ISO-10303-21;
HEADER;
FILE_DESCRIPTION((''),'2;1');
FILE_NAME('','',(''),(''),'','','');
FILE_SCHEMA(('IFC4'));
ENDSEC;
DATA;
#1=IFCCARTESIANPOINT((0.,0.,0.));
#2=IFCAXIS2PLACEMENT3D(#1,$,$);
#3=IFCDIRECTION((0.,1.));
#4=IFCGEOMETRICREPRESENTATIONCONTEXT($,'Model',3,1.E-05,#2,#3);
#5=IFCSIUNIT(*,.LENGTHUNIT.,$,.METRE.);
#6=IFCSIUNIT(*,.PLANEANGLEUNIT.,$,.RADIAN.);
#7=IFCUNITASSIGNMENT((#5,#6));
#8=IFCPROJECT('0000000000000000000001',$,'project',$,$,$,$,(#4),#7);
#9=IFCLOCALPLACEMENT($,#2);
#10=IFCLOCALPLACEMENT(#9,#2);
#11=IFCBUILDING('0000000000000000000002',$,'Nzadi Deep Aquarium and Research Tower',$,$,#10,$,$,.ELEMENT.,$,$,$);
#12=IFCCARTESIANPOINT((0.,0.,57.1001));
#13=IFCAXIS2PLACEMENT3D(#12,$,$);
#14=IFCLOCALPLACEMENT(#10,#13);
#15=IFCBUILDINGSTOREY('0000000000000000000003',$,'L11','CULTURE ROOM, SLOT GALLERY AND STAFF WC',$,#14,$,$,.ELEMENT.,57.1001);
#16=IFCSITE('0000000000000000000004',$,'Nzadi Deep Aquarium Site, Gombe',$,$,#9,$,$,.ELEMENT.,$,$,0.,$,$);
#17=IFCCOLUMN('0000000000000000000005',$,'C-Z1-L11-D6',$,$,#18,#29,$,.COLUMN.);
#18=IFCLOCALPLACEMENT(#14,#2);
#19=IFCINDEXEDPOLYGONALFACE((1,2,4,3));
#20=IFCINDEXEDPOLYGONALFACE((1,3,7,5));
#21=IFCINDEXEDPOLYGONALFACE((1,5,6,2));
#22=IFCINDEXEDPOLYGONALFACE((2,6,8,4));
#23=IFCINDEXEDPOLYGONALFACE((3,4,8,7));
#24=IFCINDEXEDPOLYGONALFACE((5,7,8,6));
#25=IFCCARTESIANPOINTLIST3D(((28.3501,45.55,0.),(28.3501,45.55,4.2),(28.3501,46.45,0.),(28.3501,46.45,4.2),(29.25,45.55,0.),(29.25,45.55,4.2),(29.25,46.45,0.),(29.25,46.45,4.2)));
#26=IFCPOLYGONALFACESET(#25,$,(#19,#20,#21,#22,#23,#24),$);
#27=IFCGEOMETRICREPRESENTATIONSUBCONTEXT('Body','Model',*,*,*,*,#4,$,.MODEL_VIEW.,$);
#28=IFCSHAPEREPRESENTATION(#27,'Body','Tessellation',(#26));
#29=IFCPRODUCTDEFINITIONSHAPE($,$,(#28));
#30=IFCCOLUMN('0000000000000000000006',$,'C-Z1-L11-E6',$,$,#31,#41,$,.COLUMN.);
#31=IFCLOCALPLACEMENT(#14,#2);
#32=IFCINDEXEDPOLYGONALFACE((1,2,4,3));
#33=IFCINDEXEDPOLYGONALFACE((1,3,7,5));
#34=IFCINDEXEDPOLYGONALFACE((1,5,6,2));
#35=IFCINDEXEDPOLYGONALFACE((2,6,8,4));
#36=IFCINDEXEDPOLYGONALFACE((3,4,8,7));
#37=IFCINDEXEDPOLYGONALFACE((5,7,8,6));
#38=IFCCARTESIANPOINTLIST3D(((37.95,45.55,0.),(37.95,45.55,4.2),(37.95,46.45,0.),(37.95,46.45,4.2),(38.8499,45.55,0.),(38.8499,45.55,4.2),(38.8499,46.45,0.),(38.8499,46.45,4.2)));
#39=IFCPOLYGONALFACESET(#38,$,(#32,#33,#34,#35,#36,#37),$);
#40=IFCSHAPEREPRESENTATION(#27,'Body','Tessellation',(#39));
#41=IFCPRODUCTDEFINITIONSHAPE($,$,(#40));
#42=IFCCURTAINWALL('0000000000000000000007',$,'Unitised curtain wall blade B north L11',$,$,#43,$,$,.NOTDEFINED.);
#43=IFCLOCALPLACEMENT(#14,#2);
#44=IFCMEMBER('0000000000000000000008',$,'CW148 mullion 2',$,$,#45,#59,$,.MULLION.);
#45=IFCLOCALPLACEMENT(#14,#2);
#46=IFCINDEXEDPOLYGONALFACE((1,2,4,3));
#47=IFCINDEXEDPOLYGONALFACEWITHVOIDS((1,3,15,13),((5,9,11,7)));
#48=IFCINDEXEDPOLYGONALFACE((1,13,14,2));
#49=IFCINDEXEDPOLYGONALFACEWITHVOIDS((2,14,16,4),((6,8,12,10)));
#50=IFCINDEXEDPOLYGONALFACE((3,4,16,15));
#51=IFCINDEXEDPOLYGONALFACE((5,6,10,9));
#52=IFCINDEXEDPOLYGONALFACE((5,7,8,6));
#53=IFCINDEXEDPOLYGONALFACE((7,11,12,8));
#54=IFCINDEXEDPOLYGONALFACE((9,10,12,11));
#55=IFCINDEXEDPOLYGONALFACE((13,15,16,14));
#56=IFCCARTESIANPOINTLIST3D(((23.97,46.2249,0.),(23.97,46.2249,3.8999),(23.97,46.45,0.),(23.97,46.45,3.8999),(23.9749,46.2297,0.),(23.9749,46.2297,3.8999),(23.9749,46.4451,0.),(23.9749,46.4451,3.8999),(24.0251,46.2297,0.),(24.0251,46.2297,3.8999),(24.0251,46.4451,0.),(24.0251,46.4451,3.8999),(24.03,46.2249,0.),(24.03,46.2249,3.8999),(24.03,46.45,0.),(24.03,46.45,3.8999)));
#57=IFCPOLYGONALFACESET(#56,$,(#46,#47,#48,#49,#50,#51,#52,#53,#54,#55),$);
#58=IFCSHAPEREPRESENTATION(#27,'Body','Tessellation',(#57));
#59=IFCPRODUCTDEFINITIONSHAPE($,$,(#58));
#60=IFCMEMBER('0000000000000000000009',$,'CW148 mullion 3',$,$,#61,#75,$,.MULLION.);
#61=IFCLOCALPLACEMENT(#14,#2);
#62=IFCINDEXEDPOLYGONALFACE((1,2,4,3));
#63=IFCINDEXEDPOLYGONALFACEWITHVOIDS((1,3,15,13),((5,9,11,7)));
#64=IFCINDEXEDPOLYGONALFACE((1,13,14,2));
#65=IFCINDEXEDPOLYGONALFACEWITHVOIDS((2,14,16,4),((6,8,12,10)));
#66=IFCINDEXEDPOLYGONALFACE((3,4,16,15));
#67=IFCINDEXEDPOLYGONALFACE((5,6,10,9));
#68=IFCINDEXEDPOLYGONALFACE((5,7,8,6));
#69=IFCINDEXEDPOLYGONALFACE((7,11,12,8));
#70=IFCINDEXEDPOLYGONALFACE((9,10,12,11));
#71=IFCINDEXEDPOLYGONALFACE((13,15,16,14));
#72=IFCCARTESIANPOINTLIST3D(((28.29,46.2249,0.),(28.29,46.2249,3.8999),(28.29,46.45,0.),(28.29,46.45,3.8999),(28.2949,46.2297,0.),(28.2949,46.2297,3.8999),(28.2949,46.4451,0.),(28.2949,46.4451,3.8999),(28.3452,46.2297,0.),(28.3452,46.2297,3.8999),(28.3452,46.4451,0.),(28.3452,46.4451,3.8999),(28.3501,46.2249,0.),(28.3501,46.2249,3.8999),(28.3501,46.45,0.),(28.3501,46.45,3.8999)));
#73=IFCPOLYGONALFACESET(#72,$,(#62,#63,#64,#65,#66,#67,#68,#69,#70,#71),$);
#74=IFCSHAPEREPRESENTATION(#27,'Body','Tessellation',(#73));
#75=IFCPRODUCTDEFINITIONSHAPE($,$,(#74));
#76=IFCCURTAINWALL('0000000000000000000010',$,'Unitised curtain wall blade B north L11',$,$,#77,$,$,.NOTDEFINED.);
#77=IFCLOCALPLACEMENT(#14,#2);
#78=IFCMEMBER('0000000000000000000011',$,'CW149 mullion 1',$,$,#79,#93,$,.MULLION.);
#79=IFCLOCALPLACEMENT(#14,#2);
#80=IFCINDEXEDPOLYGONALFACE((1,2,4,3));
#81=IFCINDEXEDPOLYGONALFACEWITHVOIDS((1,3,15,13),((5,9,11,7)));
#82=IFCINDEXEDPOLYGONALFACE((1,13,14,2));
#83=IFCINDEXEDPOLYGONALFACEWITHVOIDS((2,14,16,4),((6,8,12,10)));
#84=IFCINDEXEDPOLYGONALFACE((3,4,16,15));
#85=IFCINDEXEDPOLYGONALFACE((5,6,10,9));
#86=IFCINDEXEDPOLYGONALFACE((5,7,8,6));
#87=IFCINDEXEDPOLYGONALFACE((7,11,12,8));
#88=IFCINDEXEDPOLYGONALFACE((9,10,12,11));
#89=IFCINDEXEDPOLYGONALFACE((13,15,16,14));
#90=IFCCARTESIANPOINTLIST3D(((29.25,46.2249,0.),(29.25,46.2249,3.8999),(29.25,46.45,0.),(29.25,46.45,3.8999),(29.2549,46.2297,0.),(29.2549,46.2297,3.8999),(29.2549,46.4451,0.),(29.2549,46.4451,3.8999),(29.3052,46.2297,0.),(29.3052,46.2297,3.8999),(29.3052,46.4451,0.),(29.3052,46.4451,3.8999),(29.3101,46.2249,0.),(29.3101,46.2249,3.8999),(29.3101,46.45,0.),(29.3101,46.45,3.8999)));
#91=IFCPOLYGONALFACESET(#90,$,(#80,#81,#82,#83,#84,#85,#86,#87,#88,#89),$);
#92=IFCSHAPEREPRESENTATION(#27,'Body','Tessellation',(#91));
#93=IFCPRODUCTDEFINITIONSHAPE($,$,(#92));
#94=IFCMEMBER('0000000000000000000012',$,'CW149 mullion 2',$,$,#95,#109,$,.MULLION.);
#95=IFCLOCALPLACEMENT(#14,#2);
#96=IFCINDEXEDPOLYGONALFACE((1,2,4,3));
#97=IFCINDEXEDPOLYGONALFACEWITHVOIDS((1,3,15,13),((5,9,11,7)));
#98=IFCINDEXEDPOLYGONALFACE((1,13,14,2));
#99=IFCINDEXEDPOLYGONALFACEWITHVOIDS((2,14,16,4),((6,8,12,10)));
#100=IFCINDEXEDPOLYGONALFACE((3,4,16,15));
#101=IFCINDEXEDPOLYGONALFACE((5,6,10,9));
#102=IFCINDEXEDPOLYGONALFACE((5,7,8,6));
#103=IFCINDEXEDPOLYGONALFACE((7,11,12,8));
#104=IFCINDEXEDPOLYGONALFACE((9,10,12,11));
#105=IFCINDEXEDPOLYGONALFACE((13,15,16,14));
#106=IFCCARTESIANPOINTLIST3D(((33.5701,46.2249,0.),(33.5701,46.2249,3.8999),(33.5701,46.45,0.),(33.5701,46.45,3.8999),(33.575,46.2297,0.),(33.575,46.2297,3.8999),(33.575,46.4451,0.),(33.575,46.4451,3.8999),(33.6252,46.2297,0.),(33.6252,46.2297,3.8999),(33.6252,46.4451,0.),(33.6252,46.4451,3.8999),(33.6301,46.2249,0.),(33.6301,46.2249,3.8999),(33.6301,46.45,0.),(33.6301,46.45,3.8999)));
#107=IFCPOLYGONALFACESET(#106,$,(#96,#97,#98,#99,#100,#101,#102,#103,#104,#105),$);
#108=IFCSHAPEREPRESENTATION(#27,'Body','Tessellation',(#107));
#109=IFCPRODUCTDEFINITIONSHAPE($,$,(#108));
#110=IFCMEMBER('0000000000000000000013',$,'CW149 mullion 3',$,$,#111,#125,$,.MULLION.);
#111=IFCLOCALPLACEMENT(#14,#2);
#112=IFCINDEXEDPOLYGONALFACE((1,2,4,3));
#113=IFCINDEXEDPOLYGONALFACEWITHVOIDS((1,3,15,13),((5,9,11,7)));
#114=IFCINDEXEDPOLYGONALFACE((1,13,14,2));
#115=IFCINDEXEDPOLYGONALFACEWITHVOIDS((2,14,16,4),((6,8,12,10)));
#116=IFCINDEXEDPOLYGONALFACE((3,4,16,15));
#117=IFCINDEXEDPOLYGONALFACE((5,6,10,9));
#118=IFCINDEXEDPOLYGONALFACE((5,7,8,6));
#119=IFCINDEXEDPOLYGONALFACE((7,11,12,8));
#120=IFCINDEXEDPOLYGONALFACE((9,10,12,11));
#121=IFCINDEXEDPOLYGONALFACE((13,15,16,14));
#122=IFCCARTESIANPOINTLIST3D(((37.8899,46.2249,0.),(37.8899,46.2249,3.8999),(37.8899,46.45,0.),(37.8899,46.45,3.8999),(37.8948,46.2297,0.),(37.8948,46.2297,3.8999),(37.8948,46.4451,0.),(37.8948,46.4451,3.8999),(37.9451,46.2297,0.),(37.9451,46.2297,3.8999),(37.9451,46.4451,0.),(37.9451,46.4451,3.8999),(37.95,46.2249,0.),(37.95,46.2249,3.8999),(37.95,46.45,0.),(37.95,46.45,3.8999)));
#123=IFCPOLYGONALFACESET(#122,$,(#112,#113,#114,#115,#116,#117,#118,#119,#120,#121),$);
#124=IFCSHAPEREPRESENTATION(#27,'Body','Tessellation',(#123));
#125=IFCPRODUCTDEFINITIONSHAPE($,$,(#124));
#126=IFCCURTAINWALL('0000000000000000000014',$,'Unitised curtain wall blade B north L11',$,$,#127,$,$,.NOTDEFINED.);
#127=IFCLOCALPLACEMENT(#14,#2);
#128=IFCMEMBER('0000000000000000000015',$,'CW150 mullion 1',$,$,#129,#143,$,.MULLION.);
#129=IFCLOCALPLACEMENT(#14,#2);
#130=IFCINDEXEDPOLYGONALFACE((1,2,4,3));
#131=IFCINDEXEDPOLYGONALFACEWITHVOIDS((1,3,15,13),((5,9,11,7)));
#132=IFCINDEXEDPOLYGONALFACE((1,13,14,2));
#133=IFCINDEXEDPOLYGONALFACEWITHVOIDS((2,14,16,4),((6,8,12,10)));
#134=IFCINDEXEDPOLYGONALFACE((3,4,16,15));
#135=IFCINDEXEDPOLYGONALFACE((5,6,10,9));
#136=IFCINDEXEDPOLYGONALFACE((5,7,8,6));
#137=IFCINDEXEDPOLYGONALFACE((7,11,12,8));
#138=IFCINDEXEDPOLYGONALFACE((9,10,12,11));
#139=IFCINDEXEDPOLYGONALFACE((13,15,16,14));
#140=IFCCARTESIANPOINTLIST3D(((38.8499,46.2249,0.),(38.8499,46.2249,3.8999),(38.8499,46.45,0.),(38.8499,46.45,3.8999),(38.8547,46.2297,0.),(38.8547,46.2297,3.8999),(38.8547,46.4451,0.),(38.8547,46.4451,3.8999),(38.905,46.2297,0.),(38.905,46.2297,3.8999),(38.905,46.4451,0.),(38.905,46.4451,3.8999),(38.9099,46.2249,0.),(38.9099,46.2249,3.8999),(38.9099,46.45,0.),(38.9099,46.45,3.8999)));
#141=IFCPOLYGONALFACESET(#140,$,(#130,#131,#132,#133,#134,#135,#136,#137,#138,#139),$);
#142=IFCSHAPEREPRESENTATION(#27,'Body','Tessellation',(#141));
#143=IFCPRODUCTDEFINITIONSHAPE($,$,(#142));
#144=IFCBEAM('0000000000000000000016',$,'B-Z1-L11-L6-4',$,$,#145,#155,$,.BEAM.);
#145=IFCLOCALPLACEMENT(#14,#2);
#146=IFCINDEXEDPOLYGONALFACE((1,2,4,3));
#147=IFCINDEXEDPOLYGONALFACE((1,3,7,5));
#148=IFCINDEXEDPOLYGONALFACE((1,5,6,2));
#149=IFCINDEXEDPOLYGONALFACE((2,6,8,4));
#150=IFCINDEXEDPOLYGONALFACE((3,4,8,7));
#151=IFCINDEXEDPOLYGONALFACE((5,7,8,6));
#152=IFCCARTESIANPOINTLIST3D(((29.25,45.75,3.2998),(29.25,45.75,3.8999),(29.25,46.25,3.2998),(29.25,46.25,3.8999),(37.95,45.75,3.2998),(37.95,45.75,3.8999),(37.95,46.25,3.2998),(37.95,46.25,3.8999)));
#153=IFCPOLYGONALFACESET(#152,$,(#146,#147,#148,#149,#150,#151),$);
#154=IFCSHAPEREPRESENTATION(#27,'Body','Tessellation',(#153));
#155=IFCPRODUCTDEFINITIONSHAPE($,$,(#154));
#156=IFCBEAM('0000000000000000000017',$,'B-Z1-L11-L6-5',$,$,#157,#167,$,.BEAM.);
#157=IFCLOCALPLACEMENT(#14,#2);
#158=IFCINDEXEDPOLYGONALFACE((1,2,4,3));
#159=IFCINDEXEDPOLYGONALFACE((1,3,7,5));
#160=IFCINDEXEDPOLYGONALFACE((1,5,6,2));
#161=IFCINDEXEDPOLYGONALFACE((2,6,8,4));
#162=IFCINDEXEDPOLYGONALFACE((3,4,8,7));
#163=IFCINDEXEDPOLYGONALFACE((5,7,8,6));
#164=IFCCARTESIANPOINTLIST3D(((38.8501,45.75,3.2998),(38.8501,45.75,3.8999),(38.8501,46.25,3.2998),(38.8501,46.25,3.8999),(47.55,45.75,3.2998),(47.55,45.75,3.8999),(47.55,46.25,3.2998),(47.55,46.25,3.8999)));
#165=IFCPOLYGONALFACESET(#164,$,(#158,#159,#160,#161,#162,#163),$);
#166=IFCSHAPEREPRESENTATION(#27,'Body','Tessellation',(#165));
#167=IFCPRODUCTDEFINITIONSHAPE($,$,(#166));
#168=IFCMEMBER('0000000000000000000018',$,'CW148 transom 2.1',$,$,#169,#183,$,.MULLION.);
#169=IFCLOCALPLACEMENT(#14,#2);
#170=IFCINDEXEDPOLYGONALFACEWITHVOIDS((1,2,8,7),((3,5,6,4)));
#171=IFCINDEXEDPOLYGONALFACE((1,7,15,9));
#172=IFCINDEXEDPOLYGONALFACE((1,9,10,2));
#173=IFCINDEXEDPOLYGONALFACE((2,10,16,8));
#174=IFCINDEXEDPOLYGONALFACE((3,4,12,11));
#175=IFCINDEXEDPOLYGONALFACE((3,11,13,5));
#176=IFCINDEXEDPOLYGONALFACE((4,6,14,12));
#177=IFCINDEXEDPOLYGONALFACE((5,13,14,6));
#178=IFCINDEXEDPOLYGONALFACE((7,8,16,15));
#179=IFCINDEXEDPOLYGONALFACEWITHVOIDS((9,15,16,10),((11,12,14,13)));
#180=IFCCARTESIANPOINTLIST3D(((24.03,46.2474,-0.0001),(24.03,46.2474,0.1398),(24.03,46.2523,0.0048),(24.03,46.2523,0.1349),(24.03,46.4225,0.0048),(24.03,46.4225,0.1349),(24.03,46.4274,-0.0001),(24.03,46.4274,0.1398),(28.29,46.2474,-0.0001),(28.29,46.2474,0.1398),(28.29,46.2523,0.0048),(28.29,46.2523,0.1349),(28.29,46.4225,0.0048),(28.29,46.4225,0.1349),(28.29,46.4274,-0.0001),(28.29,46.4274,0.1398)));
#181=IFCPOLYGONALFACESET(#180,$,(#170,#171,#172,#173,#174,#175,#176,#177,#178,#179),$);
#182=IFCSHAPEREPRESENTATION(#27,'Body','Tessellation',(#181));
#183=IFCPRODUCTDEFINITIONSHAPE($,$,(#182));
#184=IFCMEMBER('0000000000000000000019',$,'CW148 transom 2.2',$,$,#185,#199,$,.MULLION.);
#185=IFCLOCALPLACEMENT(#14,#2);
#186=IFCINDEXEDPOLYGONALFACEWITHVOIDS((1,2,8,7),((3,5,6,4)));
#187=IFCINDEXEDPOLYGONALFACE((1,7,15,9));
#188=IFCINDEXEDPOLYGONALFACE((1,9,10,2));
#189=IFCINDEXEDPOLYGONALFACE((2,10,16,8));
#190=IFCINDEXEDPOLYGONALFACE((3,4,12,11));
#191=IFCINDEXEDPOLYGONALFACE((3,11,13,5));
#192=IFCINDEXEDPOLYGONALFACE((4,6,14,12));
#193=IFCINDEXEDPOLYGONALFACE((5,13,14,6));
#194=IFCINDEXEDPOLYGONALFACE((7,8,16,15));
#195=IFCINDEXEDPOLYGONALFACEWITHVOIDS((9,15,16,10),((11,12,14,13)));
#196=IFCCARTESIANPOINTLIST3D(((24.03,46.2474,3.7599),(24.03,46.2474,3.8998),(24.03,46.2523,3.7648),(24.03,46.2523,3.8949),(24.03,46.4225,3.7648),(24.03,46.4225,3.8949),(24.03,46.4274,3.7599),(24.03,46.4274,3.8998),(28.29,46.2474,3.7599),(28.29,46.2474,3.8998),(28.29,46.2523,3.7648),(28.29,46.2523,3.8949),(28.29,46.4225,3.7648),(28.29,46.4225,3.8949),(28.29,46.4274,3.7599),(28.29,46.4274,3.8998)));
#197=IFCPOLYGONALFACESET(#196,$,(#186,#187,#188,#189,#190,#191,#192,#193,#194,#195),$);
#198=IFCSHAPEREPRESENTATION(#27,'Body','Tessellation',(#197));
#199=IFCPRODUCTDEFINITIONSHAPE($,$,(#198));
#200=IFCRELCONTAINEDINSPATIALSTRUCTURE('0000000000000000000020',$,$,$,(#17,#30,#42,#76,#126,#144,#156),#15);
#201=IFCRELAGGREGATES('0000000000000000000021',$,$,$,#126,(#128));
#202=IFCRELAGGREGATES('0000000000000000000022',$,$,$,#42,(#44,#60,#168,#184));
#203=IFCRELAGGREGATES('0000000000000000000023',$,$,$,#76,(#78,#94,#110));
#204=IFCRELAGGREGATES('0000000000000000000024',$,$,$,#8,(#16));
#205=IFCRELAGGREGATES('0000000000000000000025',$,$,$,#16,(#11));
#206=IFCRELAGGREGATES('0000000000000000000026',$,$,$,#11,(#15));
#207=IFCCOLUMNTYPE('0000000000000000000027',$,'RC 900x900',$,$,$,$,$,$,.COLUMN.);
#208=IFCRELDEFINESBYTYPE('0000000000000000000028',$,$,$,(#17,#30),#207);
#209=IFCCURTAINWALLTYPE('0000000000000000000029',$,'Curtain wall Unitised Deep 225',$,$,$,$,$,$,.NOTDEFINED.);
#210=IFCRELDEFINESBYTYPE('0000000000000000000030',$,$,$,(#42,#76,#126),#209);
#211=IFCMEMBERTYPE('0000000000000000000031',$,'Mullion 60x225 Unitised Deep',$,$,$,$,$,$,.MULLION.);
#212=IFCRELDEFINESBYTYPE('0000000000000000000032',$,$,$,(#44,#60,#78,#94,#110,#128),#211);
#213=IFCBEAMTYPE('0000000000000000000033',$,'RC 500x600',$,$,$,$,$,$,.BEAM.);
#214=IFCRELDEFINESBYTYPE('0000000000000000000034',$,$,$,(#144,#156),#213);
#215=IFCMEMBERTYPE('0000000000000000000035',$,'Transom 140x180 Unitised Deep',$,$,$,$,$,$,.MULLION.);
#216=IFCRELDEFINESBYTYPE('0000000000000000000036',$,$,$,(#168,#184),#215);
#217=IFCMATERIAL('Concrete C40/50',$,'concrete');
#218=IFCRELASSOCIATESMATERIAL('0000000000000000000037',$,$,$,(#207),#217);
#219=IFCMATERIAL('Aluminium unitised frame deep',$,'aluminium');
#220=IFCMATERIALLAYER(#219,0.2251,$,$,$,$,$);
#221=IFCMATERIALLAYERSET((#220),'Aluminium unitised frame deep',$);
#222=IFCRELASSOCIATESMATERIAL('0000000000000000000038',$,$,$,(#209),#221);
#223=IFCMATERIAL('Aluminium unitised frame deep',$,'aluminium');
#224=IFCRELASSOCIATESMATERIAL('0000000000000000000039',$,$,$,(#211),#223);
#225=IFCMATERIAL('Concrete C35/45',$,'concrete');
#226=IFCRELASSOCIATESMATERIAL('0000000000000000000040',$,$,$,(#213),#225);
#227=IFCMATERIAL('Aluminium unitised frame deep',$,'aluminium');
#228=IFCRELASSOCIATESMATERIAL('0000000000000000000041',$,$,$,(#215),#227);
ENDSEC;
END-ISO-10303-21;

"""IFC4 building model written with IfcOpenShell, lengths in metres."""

from ifc_helpers import new_model, si_unit, direction, frame, origin, origin_2d, place, context, subcontext, project, spatial, rectangle, hollow_rectangle, extrude, material, layer, layer_set, material_profile, profile_set, type_object, element, aggregate, save


model = new_model("IFC4")

# Units and contexts
model_context = context("Model", 3, precision=1e-05, world=origin(), true_north=direction((0.0, 1.0)))
body_context = subcontext(model_context, "Body", "Model", "MODEL_VIEW")
ifc_project = project(units=[si_unit("LENGTHUNIT", "METRE"), si_unit("PLANEANGLEUNIT", "RADIAN")], contexts=[model_context])

# Site, building, storey
site_placement = place(None, origin())
site = spatial("IfcSite", under=ifc_project, at=site_placement, Name="Nzadi Deep Aquarium Site, Gombe", CompositionType="ELEMENT", RefElevation=0.0)
building_placement = place(site_placement, origin())
building = spatial("IfcBuilding", under=site, at=building_placement, Name="Nzadi Deep Aquarium and Research Tower", CompositionType="ELEMENT")
storey_placement = place(building_placement, frame((0.0, 0.0, 57.1001)))
storey = spatial("IfcBuildingStorey", under=building, at=storey_placement, Name="L11", Description="CULTURE ROOM, SLOT GALLERY AND STAFF WC", CompositionType="ELEMENT", Elevation=57.1001)

# Columns
ifc_material_1 = material(Name="Concrete C40/50", Category="concrete")
ifc_material_profile_1 = material_profile(ifc_material_1, rectangle(XDim=0.8999, YDim=0.8999, at=origin_2d()))
ifc_profile_set_1 = profile_set([ifc_material_profile_1], Name="Concrete C40/50")
column_type = type_object("IfcColumnType", Name="RC 900x900", PredefinedType="COLUMN", material=ifc_profile_set_1)
for number, where, z_axis, x_axis, name in (
    (1, (28.8, 46.0, 0.0), (0.0, 0.0, 1.0), (1.0, 0.0, 0.0), "C-Z1-L11-D6"),
    (2, (38.3999, 46.0, 0.0), (0.0, 0.0, 1.0), (1.0, 0.0, 0.0), "C-Z1-L11-E6"),
):
    element("IfcColumn", number, at=place(storey_placement, frame(where, z_axis=z_axis, x_axis=x_axis)), inside=storey, type_object=column_type, Name=name, PredefinedType="COLUMN", context=body_context, shape_type="SweptSolid", body=[
        extrude(rectangle(XDim=0.8999, YDim=0.8999, at=origin_2d()), origin(), (0.0, 0.0, 1.0), 4.2),
    ])

# Curtain walls, members
ifc_material_2 = material(Name="Aluminium unitised frame deep", Category="aluminium")
ifc_layer_1 = layer(ifc_material_2, 0.2251)
ifc_layer_set_1 = layer_set([ifc_layer_1], Name="Aluminium unitised frame deep")
curtain_wall_type = type_object("IfcCurtainWallType", Name="Curtain wall Unitised Deep 225", PredefinedType="NOTDEFINED", material=ifc_layer_set_1)
curtain_wall_1_placement = place(storey_placement, origin())
curtain_wall_1 = element("IfcCurtainWall", 3, at=curtain_wall_1_placement, inside=storey, type_object=curtain_wall_type, Name="Unitised curtain wall blade B north L11", PredefinedType="NOTDEFINED")
ifc_material_3 = material(Name="Aluminium unitised frame deep", Category="aluminium")
ifc_material_profile_2 = material_profile(ifc_material_3, hollow_rectangle(XDim=0.2251, YDim=0.0601, WallThickness=0.0049, at=origin_2d()))
ifc_profile_set_2 = profile_set([ifc_material_profile_2], Name="Aluminium unitised frame deep")
member_type_1 = type_object("IfcMemberType", Name="Mullion 60x225 Unitised Deep", PredefinedType="MULLION", material=ifc_profile_set_2)
member_1_placement = place(storey_placement, frame((24.0, 46.3374, 0.0), z_axis=(0.0, 0.0, 1.0), x_axis=(0.0, 1.0, 0.0)))
member_1 = element("IfcMember", 4, at=member_1_placement, type_object=member_type_1, Name="CW148 mullion 2", PredefinedType="MULLION", context=body_context, shape_type="SweptSolid", body=[
    extrude(hollow_rectangle(XDim=0.2251, YDim=0.0601, WallThickness=0.0049, at=origin_2d()), origin(), (0.0, 0.0, 1.0), 3.8999),
])
member_2_placement = place(storey_placement, frame((28.3201, 46.3374, 0.0), z_axis=(0.0, 0.0, 1.0), x_axis=(0.0, 1.0, 0.0)))
member_2 = element("IfcMember", 5, at=member_2_placement, type_object=member_type_1, Name="CW148 mullion 3", PredefinedType="MULLION", context=body_context, shape_type="SweptSolid", body=[
    extrude(hollow_rectangle(XDim=0.2251, YDim=0.0601, WallThickness=0.0049, at=origin_2d()), origin(), (0.0, 0.0, 1.0), 3.8999),
])
curtain_wall_2_placement = place(storey_placement, origin())
curtain_wall_2 = element("IfcCurtainWall", 6, at=curtain_wall_2_placement, inside=storey, type_object=curtain_wall_type, Name="Unitised curtain wall blade B north L11", PredefinedType="NOTDEFINED")
member_3_placement = place(storey_placement, frame((29.28, 46.3374, 0.0), z_axis=(0.0, 0.0, 1.0), x_axis=(0.0, 1.0, 0.0)))
member_3 = element("IfcMember", 7, at=member_3_placement, type_object=member_type_1, Name="CW149 mullion 1", PredefinedType="MULLION", context=body_context, shape_type="SweptSolid", body=[
    extrude(hollow_rectangle(XDim=0.2251, YDim=0.0601, WallThickness=0.0049, at=origin_2d()), origin(), (0.0, 0.0, 1.0), 3.8999),
])
member_4_placement = place(storey_placement, frame((33.6001, 46.3374, 0.0), z_axis=(0.0, 0.0, 1.0), x_axis=(0.0, 1.0, 0.0)))
member_4 = element("IfcMember", 8, at=member_4_placement, type_object=member_type_1, Name="CW149 mullion 2", PredefinedType="MULLION", context=body_context, shape_type="SweptSolid", body=[
    extrude(hollow_rectangle(XDim=0.2251, YDim=0.0601, WallThickness=0.0049, at=origin_2d()), origin(), (0.0, 0.0, 1.0), 3.8999),
])
member_5_placement = place(storey_placement, frame((37.9199, 46.3374, 0.0), z_axis=(0.0, 0.0, 1.0), x_axis=(0.0, 1.0, 0.0)))
member_5 = element("IfcMember", 9, at=member_5_placement, type_object=member_type_1, Name="CW149 mullion 3", PredefinedType="MULLION", context=body_context, shape_type="SweptSolid", body=[
    extrude(hollow_rectangle(XDim=0.2251, YDim=0.0601, WallThickness=0.0049, at=origin_2d()), origin(), (0.0, 0.0, 1.0), 3.8999),
])

# Curtain wall, member
curtain_wall_3_placement = place(storey_placement, origin())
curtain_wall_3 = element("IfcCurtainWall", 10, at=curtain_wall_3_placement, inside=storey, type_object=curtain_wall_type, Name="Unitised curtain wall blade B north L11", PredefinedType="NOTDEFINED")
member_6_placement = place(storey_placement, frame((38.8799, 46.3374, 0.0), z_axis=(0.0, 0.0, 1.0), x_axis=(0.0, 1.0, 0.0)))
member_6 = element("IfcMember", 11, at=member_6_placement, type_object=member_type_1, Name="CW150 mullion 1", PredefinedType="MULLION", context=body_context, shape_type="SweptSolid", body=[
    extrude(hollow_rectangle(XDim=0.2251, YDim=0.0601, WallThickness=0.0049, at=origin_2d()), origin(), (0.0, 0.0, 1.0), 3.8999),
])
aggregate(curtain_wall_3, [member_6])

# Beams
ifc_material_4 = material(Name="Concrete C35/45", Category="concrete")
ifc_material_profile_3 = material_profile(ifc_material_4, rectangle(XDim=0.5, YDim=0.6001, at=origin_2d()))
ifc_profile_set_3 = profile_set([ifc_material_profile_3], Name="Concrete C35/45")
beam_type = type_object("IfcBeamType", Name="RC 500x600", PredefinedType="BEAM", material=ifc_profile_set_3)
for number, where, z_axis, x_axis, name in (
    (12, (29.25, 46.0, 3.5999), (1.0, 0.0, 0.0), (0.0, 1.0, 0.0), "B-Z1-L11-L6-4"),
    (13, (38.8501, 46.0, 3.5999), (1.0, 0.0, 0.0), (0.0, 1.0, 0.0), "B-Z1-L11-L6-5"),
):
    element("IfcBeam", number, at=place(storey_placement, frame(where, z_axis=z_axis, x_axis=x_axis)), inside=storey, type_object=beam_type, Name=name, PredefinedType="BEAM", context=body_context, shape_type="SweptSolid", body=[
        extrude(rectangle(XDim=0.5, YDim=0.6001, at=origin_2d()), origin(), (0.0, 0.0, 1.0), 8.7),
    ])

# Members
ifc_material_5 = material(Name="Aluminium unitised frame deep", Category="aluminium")
ifc_material_profile_4 = material_profile(ifc_material_5, hollow_rectangle(XDim=0.1799, YDim=0.1399, WallThickness=0.0049, at=origin_2d()))
ifc_profile_set_4 = profile_set([ifc_material_profile_4], Name="Aluminium unitised frame deep")
member_type_2 = type_object("IfcMemberType", Name="Transom 140x180 Unitised Deep", PredefinedType="MULLION", material=ifc_profile_set_4)
member_7_placement = place(storey_placement, frame((24.03, 46.3374, 0.0698), z_axis=(1.0, 0.0, 0.0), x_axis=(0.0, 1.0, 0.0)))
member_7 = element("IfcMember", 14, at=member_7_placement, type_object=member_type_2, Name="CW148 transom 2.1", PredefinedType="MULLION", context=body_context, shape_type="SweptSolid", body=[
    extrude(hollow_rectangle(XDim=0.1799, YDim=0.1399, WallThickness=0.0049, at=origin_2d()), origin(), (0.0, 0.0, 1.0), 4.26),
])
member_8_placement = place(storey_placement, frame((24.03, 46.3374, 3.8298), z_axis=(1.0, 0.0, 0.0), x_axis=(0.0, 1.0, 0.0)))
member_8 = element("IfcMember", 15, at=member_8_placement, type_object=member_type_2, Name="CW148 transom 2.2", PredefinedType="MULLION", context=body_context, shape_type="SweptSolid", body=[
    extrude(hollow_rectangle(XDim=0.1799, YDim=0.1399, WallThickness=0.0049, at=origin_2d()), origin(), (0.0, 0.0, 1.0), 4.26),
])

aggregate(curtain_wall_1, [member_1, member_2, member_7, member_8])
aggregate(curtain_wall_2, [member_3, member_4, member_5])

save(model, "model.ifc")
